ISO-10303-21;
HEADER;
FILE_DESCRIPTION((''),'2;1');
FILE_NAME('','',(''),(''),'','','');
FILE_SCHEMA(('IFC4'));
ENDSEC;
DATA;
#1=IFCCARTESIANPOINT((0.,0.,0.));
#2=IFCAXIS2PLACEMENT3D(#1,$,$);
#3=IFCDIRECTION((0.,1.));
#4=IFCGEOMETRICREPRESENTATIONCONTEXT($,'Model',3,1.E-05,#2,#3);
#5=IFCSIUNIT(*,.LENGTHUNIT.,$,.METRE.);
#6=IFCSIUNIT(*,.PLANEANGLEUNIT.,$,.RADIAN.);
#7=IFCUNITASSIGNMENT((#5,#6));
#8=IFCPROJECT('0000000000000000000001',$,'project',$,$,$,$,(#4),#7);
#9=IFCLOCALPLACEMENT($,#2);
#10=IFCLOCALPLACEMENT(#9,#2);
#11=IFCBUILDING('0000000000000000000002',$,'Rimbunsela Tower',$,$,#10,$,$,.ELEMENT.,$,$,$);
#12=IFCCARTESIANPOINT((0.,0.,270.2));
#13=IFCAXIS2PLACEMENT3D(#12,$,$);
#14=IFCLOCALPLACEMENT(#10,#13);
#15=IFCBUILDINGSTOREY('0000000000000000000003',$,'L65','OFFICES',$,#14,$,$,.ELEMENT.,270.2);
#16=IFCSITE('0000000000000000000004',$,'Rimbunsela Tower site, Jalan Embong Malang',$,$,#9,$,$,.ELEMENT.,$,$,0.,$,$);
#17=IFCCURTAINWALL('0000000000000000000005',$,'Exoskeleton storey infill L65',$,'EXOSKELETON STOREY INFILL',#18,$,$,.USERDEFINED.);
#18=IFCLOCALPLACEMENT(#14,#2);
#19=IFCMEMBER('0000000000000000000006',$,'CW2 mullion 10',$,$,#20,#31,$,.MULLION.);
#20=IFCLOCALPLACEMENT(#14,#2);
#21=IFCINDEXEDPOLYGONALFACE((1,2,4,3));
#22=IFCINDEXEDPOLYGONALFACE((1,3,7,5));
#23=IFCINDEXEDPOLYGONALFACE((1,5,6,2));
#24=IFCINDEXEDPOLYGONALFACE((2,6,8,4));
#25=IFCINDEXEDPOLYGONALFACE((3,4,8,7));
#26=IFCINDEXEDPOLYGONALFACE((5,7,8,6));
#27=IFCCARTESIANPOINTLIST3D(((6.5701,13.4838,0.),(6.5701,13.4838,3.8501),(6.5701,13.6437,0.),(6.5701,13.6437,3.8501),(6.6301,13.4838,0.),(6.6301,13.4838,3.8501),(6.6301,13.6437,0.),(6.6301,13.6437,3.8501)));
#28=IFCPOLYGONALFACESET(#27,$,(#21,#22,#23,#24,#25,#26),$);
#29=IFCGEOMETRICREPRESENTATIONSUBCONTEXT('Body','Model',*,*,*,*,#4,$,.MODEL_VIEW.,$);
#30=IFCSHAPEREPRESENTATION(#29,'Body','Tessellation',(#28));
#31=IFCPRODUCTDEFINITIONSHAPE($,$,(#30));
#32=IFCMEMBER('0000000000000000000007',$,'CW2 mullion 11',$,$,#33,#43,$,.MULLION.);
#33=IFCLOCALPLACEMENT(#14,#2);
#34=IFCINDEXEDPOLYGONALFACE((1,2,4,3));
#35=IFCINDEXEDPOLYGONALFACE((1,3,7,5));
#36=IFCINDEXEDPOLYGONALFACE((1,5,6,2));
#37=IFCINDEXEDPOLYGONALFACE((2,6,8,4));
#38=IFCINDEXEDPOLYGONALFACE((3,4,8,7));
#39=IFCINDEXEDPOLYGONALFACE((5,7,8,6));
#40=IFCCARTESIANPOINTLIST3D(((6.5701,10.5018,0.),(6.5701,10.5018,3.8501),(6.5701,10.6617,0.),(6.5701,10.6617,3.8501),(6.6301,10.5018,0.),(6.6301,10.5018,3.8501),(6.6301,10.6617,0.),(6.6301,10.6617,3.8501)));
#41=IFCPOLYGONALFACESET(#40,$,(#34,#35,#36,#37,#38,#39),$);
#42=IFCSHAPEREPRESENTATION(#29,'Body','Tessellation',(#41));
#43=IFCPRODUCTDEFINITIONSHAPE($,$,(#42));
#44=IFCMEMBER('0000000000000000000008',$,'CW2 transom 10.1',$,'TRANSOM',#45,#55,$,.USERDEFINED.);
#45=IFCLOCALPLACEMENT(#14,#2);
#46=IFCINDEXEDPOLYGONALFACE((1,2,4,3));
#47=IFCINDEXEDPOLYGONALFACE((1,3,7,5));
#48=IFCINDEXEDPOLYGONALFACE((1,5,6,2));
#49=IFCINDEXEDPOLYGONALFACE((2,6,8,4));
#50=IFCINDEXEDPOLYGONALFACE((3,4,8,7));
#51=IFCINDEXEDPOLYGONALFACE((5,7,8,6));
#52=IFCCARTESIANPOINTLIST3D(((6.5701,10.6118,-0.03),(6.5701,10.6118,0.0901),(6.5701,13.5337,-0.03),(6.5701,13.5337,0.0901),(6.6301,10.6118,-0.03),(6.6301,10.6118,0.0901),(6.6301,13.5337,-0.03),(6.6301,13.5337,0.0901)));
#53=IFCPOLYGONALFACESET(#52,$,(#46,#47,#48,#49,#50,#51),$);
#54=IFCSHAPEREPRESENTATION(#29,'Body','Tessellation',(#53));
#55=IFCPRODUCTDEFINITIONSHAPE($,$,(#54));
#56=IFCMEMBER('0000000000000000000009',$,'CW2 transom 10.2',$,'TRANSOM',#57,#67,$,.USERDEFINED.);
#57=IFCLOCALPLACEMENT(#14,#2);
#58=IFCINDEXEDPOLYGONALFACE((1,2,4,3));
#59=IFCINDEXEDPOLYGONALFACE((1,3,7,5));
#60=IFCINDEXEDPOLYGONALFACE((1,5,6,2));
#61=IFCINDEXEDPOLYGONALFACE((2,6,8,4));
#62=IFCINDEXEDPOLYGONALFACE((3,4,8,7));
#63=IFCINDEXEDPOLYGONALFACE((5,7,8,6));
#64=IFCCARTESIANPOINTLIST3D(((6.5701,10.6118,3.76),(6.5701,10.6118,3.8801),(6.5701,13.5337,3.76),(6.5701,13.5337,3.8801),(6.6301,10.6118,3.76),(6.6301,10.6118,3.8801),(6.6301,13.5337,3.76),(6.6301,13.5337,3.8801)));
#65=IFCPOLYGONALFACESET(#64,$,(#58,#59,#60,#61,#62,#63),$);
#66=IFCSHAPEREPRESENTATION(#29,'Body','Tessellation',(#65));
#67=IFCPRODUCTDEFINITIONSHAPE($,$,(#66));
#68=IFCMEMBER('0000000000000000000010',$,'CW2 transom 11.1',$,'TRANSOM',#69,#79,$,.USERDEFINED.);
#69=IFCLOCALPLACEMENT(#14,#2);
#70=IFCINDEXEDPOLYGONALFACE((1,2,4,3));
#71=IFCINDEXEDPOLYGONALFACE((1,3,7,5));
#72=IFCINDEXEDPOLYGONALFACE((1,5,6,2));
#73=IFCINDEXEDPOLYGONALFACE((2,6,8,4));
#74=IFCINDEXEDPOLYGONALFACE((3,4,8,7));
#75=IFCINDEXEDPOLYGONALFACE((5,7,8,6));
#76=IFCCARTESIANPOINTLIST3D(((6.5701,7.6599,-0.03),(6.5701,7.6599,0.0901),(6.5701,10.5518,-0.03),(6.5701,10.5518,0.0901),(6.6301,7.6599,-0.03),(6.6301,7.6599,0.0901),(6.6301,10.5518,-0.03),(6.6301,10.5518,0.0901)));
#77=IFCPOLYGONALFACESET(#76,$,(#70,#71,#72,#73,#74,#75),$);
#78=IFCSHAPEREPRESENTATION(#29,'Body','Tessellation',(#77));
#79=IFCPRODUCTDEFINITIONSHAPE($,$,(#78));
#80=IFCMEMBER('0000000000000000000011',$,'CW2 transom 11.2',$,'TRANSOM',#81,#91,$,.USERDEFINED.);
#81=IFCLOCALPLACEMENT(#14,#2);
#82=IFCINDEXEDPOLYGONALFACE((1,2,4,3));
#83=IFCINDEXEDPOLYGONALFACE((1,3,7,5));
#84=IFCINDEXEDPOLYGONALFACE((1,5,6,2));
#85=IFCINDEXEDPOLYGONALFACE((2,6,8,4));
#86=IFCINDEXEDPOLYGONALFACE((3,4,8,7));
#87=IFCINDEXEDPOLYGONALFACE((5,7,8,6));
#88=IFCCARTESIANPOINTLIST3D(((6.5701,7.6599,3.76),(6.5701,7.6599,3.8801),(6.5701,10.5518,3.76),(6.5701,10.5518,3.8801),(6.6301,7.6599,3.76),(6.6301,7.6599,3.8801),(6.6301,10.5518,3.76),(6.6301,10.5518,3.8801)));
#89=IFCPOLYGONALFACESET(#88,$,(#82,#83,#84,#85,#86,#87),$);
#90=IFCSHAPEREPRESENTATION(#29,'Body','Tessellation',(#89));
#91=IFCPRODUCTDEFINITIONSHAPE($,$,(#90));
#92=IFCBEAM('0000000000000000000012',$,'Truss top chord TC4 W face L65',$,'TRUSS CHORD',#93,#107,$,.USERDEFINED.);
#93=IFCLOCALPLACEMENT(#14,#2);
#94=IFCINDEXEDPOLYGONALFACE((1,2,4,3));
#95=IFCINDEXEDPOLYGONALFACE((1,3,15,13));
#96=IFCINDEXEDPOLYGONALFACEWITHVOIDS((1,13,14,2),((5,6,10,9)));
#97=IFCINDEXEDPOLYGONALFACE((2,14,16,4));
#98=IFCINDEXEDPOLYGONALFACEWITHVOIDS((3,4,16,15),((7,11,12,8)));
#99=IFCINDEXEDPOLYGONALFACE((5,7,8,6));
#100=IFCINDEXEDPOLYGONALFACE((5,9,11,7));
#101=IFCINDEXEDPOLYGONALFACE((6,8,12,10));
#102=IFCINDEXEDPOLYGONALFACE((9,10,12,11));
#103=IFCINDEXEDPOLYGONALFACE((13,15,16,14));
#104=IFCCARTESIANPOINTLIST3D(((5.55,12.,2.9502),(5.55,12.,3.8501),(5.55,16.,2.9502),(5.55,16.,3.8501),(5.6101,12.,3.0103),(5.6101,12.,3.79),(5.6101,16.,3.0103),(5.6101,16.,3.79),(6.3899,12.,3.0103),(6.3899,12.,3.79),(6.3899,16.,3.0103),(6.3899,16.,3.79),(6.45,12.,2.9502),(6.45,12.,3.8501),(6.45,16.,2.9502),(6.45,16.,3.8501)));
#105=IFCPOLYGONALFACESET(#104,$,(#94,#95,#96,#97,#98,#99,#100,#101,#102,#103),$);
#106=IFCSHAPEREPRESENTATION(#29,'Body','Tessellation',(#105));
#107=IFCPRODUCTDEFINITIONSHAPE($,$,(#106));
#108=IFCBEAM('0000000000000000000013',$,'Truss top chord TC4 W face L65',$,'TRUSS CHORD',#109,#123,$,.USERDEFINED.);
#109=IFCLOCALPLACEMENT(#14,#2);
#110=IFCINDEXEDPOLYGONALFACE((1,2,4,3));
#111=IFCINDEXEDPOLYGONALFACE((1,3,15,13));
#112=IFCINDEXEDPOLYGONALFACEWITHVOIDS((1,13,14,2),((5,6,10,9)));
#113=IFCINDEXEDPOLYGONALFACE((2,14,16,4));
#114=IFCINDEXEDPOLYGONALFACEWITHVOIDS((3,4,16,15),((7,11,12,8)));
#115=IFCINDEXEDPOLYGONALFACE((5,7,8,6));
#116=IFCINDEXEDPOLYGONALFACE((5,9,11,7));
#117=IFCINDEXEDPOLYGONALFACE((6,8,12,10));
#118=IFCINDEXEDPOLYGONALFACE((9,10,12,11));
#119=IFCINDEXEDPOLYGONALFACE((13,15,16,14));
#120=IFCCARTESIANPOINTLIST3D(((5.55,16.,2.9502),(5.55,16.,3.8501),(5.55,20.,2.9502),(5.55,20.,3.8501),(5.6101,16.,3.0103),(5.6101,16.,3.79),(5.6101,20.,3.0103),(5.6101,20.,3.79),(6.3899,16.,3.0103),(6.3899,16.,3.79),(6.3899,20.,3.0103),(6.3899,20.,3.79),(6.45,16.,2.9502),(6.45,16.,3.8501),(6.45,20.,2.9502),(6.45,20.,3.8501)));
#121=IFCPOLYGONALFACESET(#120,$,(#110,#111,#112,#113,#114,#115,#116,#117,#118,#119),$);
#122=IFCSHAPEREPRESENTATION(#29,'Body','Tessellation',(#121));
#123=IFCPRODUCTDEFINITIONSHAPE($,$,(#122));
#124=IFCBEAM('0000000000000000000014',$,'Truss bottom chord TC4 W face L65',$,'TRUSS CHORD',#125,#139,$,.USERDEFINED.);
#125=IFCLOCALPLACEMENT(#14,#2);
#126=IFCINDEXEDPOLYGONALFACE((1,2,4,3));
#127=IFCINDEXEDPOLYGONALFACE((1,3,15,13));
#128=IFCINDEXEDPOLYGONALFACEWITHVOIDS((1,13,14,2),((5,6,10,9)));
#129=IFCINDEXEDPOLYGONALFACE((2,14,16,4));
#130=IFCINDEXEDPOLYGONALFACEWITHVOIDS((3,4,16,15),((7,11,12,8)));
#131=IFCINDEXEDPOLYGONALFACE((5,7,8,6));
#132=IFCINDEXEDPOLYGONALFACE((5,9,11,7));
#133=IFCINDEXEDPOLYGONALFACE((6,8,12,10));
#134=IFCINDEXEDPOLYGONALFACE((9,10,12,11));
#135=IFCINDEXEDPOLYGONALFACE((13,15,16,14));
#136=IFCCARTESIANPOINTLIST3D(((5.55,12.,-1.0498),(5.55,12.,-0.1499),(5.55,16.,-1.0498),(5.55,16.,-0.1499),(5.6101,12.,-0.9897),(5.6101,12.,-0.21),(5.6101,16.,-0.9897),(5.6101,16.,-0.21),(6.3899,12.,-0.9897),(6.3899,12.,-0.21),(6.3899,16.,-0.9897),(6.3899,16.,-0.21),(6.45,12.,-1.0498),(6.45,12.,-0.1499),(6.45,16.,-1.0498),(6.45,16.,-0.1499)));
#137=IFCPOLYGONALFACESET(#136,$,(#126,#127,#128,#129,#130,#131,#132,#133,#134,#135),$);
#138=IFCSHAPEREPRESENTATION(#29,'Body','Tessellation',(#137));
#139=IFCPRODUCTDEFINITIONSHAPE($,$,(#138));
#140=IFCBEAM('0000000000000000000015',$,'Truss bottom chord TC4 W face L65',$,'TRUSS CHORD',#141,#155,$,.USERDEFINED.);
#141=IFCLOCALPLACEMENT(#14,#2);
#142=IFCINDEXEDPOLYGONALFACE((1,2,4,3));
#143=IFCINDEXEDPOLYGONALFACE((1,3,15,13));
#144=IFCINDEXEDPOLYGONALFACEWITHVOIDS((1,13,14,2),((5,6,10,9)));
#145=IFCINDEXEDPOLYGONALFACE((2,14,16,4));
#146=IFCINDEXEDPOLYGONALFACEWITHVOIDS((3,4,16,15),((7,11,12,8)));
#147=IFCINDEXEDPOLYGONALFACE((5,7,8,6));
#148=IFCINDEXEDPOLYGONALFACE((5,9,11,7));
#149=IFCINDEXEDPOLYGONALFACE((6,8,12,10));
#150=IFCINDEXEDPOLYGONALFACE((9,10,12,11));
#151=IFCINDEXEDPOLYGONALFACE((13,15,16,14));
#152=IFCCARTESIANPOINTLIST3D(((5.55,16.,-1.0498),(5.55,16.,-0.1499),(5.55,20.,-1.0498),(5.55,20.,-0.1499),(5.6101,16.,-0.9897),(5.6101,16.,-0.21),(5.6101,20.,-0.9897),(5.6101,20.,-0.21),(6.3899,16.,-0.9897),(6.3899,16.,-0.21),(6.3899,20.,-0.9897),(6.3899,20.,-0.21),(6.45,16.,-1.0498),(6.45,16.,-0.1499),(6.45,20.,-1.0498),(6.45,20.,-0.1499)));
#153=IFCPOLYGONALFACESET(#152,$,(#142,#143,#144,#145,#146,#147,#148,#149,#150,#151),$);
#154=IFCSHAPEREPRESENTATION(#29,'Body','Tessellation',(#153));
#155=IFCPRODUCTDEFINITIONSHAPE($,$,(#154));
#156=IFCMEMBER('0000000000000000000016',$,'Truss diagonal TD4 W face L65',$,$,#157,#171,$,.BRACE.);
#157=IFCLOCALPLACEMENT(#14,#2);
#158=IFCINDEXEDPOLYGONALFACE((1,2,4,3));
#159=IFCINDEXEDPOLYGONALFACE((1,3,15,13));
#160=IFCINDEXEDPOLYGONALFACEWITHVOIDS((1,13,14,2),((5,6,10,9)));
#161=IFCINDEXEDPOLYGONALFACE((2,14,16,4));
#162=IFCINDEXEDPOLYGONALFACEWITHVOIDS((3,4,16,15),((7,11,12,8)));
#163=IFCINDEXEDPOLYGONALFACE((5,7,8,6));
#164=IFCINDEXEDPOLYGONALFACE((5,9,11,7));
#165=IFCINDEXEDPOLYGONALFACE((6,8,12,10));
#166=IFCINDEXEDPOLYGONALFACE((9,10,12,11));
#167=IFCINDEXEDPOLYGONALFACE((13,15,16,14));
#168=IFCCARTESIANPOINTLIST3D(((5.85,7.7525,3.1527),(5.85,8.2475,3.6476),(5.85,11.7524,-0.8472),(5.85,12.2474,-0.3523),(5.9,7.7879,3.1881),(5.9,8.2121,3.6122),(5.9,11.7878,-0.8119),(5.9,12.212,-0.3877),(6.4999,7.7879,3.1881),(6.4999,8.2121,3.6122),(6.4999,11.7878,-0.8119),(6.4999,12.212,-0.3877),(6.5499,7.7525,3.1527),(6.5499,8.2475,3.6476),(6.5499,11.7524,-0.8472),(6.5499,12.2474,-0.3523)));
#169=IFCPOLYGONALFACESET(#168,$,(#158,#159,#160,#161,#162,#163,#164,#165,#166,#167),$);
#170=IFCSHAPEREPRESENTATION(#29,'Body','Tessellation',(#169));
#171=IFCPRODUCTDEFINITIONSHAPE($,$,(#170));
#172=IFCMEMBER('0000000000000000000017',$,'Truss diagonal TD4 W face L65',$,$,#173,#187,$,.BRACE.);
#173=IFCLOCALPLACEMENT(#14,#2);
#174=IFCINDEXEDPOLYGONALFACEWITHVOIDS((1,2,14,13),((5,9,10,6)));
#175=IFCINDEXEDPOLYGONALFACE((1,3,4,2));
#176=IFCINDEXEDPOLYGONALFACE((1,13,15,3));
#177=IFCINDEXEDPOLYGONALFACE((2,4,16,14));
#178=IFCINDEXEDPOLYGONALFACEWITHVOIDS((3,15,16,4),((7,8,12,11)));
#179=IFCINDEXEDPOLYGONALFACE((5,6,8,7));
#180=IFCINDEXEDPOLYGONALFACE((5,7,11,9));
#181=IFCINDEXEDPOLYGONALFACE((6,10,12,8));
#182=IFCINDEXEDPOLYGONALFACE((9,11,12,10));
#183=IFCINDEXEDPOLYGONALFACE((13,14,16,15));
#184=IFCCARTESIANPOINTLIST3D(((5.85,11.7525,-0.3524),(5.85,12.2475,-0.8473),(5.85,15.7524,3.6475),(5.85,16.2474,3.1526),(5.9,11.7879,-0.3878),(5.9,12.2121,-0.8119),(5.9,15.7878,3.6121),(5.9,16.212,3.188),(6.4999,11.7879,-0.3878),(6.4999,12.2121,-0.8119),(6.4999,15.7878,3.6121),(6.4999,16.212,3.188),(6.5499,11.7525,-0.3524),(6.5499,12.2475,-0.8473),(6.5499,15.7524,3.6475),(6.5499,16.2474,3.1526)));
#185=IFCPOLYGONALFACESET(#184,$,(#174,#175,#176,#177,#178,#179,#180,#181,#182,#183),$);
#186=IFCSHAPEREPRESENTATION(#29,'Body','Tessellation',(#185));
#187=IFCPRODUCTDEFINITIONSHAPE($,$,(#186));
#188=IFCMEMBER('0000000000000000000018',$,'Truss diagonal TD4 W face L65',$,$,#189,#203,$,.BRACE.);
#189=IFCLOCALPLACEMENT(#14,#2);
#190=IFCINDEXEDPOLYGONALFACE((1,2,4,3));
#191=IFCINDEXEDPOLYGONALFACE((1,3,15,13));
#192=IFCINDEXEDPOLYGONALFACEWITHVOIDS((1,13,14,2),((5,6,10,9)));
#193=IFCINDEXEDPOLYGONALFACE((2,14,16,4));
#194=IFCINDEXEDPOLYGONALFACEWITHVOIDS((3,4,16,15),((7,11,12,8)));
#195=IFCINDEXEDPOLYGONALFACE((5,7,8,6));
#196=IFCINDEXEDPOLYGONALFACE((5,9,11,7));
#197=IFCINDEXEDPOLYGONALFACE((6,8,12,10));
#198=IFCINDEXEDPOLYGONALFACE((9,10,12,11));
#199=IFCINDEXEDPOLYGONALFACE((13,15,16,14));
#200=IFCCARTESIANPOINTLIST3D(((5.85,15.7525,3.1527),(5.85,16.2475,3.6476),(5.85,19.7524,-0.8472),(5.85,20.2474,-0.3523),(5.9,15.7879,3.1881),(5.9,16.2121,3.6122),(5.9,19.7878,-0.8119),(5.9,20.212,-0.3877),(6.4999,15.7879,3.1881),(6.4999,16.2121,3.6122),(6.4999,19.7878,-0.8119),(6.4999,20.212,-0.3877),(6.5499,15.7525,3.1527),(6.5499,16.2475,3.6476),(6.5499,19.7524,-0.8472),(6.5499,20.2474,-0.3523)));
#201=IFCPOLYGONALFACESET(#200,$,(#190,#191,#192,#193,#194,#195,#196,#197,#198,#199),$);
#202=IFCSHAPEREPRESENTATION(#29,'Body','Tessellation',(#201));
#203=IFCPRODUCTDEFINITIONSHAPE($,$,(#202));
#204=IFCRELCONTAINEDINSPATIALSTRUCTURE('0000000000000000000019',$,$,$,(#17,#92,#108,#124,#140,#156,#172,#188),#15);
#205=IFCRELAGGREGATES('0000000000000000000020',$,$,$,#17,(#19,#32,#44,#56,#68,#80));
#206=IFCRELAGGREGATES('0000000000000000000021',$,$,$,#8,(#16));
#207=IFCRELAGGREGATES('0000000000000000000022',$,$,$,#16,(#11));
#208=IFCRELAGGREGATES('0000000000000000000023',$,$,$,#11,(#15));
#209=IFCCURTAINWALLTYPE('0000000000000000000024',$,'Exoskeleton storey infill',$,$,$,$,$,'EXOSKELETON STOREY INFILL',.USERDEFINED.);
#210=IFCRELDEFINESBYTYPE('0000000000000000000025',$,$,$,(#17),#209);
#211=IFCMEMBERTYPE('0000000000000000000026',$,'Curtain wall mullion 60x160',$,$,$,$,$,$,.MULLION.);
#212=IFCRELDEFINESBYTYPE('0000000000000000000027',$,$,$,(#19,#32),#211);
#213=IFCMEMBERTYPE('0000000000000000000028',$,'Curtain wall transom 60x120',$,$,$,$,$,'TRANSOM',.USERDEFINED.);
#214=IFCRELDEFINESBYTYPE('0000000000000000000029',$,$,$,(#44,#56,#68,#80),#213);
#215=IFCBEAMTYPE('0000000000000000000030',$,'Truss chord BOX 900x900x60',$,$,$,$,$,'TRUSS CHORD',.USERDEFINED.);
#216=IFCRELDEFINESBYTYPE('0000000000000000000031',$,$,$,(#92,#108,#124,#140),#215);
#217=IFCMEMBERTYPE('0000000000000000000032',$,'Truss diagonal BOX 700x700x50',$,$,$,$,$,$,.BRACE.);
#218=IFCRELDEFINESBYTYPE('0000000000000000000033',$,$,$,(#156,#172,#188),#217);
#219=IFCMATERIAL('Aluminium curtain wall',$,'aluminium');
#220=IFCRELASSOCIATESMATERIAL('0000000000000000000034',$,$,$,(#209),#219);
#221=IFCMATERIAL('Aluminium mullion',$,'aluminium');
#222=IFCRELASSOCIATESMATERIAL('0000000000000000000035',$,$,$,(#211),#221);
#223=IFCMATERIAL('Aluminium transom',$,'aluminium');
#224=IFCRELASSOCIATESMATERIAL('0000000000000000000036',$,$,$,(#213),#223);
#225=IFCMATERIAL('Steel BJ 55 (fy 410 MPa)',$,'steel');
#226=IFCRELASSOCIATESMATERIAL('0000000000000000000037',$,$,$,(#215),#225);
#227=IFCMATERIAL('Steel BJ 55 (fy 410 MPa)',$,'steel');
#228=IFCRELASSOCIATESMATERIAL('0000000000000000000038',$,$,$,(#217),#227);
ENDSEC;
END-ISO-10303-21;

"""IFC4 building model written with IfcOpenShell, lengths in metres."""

from ifc_helpers import new_model, si_unit, direction, frame, origin, origin_2d, place, context, subcontext, project, spatial, rectangle, hollow_rectangle, extrude, material, material_profile, profile_set, type_object, element, aggregate, save


model = new_model("IFC4")

# Units and contexts
model_context = context("Model", 3, precision=1e-05, world=origin(), true_north=direction((0.0, 1.0)))
body_context = subcontext(model_context, "Body", "Model", "MODEL_VIEW")
ifc_project = project(units=[si_unit("LENGTHUNIT", "METRE"), si_unit("PLANEANGLEUNIT", "RADIAN")], contexts=[model_context])

# Site, building, storey
site_placement = place(None, origin())
site = spatial("IfcSite", under=ifc_project, at=site_placement, Name="Rimbunsela Tower site, Jalan Embong Malang", CompositionType="ELEMENT", RefElevation=0.0)
building_placement = place(site_placement, origin())
building = spatial("IfcBuilding", under=site, at=building_placement, Name="Rimbunsela Tower", CompositionType="ELEMENT")
storey_placement = place(building_placement, frame((0.0, 0.0, 270.2)))
storey = spatial("IfcBuildingStorey", under=building, at=storey_placement, Name="L65", Description="OFFICES", CompositionType="ELEMENT", Elevation=270.2)

# Curtain wall, members
ifc_material_1 = material(Name="Aluminium curtain wall", Category="aluminium")
curtain_wall_type = type_object("IfcCurtainWallType", Name="Exoskeleton storey infill", ElementType="EXOSKELETON STOREY INFILL", PredefinedType="USERDEFINED", material=ifc_material_1)
curtain_wall_placement = place(storey_placement, origin())
curtain_wall = element("IfcCurtainWall", 1, at=curtain_wall_placement, inside=storey, type_object=curtain_wall_type, Name="Exoskeleton storey infill L65", ObjectType="EXOSKELETON STOREY INFILL", PredefinedType="USERDEFINED")
ifc_material_2 = material(Name="Aluminium mullion", Category="aluminium")
ifc_material_profile_1 = material_profile(ifc_material_2, rectangle(XDim=0.0601, YDim=0.1599, at=origin_2d()), Name="Mullion 60x160")
ifc_profile_set_1 = profile_set([ifc_material_profile_1], Name="Aluminium mullion")
member_type_1 = type_object("IfcMemberType", Name="Curtain wall mullion 60x160", PredefinedType="MULLION", material=ifc_profile_set_1)
member_1_placement = place(storey_placement, frame((6.6001, 13.5637, 0.0), z_axis=(0.0, 0.0, 1.0), x_axis=(1.0, 0.0, 0.0)))
member_1 = element("IfcMember", 2, at=member_1_placement, type_object=member_type_1, Name="CW2 mullion 10", PredefinedType="MULLION", context=body_context, shape_type="SweptSolid", body=[
    extrude(rectangle(XDim=0.0601, YDim=0.1599, at=origin_2d()), origin(), (0.0, 0.0, 1.0), 3.8501),
])
member_2_placement = place(storey_placement, frame((6.6001, 10.5818, 0.0), z_axis=(0.0, 0.0, 1.0), x_axis=(1.0, 0.0, 0.0)))
member_2 = element("IfcMember", 3, at=member_2_placement, type_object=member_type_1, Name="CW2 mullion 11", PredefinedType="MULLION", context=body_context, shape_type="SweptSolid", body=[
    extrude(rectangle(XDim=0.0601, YDim=0.1599, at=origin_2d()), origin(), (0.0, 0.0, 1.0), 3.8501),
])
ifc_material_3 = material(Name="Aluminium transom", Category="aluminium")
ifc_material_profile_2 = material_profile(ifc_material_3, rectangle(XDim=0.0601, YDim=0.1201, at=origin_2d()), Name="Transom 60x120")
ifc_profile_set_2 = profile_set([ifc_material_profile_2], Name="Aluminium transom")
member_type_2 = type_object("IfcMemberType", Name="Curtain wall transom 60x120", ElementType="TRANSOM", PredefinedType="USERDEFINED", material=ifc_profile_set_2)
member_3_placement = place(storey_placement, frame((6.6001, 13.5337, 0.03), z_axis=(0.0, -1.0, 0.0), x_axis=(1.0, 0.0, 0.0)))
member_3 = element("IfcMember", 4, at=member_3_placement, type_object=member_type_2, Name="CW2 transom 10.1", ObjectType="TRANSOM", PredefinedType="USERDEFINED", context=body_context, shape_type="SweptSolid", body=[
    extrude(rectangle(XDim=0.0601, YDim=0.1201, at=origin_2d()), origin(), (0.0, 0.0, 1.0), 2.9219),
])
member_4_placement = place(storey_placement, frame((6.6001, 13.5337, 3.8201), z_axis=(0.0, -1.0, 0.0), x_axis=(1.0, 0.0, 0.0)))
member_4 = element("IfcMember", 5, at=member_4_placement, type_object=member_type_2, Name="CW2 transom 10.2", ObjectType="TRANSOM", PredefinedType="USERDEFINED", context=body_context, shape_type="SweptSolid", body=[
    extrude(rectangle(XDim=0.0601, YDim=0.1201, at=origin_2d()), origin(), (0.0, 0.0, 1.0), 2.9219),
])
member_5_placement = place(storey_placement, frame((6.6001, 10.5518, 0.03), z_axis=(0.0, -1.0, 0.0), x_axis=(1.0, 0.0, 0.0)))
member_5 = element("IfcMember", 6, at=member_5_placement, type_object=member_type_2, Name="CW2 transom 11.1", ObjectType="TRANSOM", PredefinedType="USERDEFINED", context=body_context, shape_type="SweptSolid", body=[
    extrude(rectangle(XDim=0.0601, YDim=0.1201, at=origin_2d()), origin(), (0.0, 0.0, 1.0), 2.8918),
])
member_6_placement = place(storey_placement, frame((6.6001, 10.5518, 3.8201), z_axis=(0.0, -1.0, 0.0), x_axis=(1.0, 0.0, 0.0)))
member_6 = element("IfcMember", 7, at=member_6_placement, type_object=member_type_2, Name="CW2 transom 11.2", ObjectType="TRANSOM", PredefinedType="USERDEFINED", context=body_context, shape_type="SweptSolid", body=[
    extrude(rectangle(XDim=0.0601, YDim=0.1201, at=origin_2d()), origin(), (0.0, 0.0, 1.0), 2.8918),
])

# Beams
ifc_material_4 = material(Name="Steel BJ 55 (fy 410 MPa)", Category="steel")
ifc_material_profile_3 = material_profile(ifc_material_4, hollow_rectangle(XDim=0.8999, YDim=0.8999, WallThickness=0.0601, at=origin_2d()), Name="BOX 900x900x60")
ifc_profile_set_3 = profile_set([ifc_material_profile_3], Name="Steel BJ 55 (fy 410 MPa)")
beam_type = type_object("IfcBeamType", Name="Truss chord BOX 900x900x60", ElementType="TRUSS CHORD", PredefinedType="USERDEFINED", material=ifc_profile_set_3)
for number, where, z_axis, x_axis, name in (
    (8, (6.0, 12.0, 3.4001), (0.0, 1.0, 0.0), (-1.0, 0.0, 0.0), "Truss top chord TC4 W face L65"),
    (9, (6.0, 16.0, 3.4001), (0.0, 1.0, 0.0), (-1.0, 0.0, 0.0), "Truss top chord TC4 W face L65"),
    (10, (6.0, 12.0, -0.5999), (0.0, 1.0, 0.0), (-1.0, 0.0, 0.0), "Truss bottom chord TC4 W face L65"),
    (11, (6.0, 16.0, -0.5999), (0.0, 1.0, 0.0), (-1.0, 0.0, 0.0), "Truss bottom chord TC4 W face L65"),
):
    element("IfcBeam", number, at=place(storey_placement, frame(where, z_axis=z_axis, x_axis=x_axis)), inside=storey, type_object=beam_type, Name=name, ObjectType="TRUSS CHORD", PredefinedType="USERDEFINED", context=body_context, shape_type="SweptSolid", body=[
        extrude(hollow_rectangle(XDim=0.8999, YDim=0.8999, WallThickness=0.0601, at=origin_2d()), origin(), (0.0, 0.0, 1.0), 4.0),
    ])

# Members
ifc_material_5 = material(Name="Steel BJ 55 (fy 410 MPa)", Category="steel")
ifc_material_profile_4 = material_profile(ifc_material_5, hollow_rectangle(XDim=0.7, YDim=0.7, WallThickness=0.05, at=origin_2d()), Name="BOX 700x700x50")
ifc_profile_set_4 = profile_set([ifc_material_profile_4], Name="Steel BJ 55 (fy 410 MPa)")
member_type_3 = type_object("IfcMemberType", Name="Truss diagonal BOX 700x700x50", PredefinedType="BRACE", material=ifc_profile_set_4)
for number, where, z_axis, x_axis, name in (
    (12, (6.2, 8.0, 3.4001), (0.0, 0.707107, -0.707107), (-1.0, 0.0, 0.0), "Truss diagonal TD4 W face L65"),
    (13, (6.2, 12.0, -0.5999), (0.0, 0.707107, 0.707107), (-1.0, 0.0, 0.0), "Truss diagonal TD4 W face L65"),
    (14, (6.2, 16.0, 3.4001), (0.0, 0.707107, -0.707107), (-1.0, 0.0, 0.0), "Truss diagonal TD4 W face L65"),
):
    element("IfcMember", number, at=place(storey_placement, frame(where, z_axis=z_axis, x_axis=x_axis)), inside=storey, type_object=member_type_3, Name=name, PredefinedType="BRACE", context=body_context, shape_type="SweptSolid", body=[
        extrude(hollow_rectangle(XDim=0.7, YDim=0.7, WallThickness=0.05, at=origin_2d()), origin(), (0.0, 0.0, 1.0), 5.6567),
    ])

aggregate(curtain_wall, [member_1, member_2, member_3, member_4, member_5, member_6])

save(model, "model.ifc")
